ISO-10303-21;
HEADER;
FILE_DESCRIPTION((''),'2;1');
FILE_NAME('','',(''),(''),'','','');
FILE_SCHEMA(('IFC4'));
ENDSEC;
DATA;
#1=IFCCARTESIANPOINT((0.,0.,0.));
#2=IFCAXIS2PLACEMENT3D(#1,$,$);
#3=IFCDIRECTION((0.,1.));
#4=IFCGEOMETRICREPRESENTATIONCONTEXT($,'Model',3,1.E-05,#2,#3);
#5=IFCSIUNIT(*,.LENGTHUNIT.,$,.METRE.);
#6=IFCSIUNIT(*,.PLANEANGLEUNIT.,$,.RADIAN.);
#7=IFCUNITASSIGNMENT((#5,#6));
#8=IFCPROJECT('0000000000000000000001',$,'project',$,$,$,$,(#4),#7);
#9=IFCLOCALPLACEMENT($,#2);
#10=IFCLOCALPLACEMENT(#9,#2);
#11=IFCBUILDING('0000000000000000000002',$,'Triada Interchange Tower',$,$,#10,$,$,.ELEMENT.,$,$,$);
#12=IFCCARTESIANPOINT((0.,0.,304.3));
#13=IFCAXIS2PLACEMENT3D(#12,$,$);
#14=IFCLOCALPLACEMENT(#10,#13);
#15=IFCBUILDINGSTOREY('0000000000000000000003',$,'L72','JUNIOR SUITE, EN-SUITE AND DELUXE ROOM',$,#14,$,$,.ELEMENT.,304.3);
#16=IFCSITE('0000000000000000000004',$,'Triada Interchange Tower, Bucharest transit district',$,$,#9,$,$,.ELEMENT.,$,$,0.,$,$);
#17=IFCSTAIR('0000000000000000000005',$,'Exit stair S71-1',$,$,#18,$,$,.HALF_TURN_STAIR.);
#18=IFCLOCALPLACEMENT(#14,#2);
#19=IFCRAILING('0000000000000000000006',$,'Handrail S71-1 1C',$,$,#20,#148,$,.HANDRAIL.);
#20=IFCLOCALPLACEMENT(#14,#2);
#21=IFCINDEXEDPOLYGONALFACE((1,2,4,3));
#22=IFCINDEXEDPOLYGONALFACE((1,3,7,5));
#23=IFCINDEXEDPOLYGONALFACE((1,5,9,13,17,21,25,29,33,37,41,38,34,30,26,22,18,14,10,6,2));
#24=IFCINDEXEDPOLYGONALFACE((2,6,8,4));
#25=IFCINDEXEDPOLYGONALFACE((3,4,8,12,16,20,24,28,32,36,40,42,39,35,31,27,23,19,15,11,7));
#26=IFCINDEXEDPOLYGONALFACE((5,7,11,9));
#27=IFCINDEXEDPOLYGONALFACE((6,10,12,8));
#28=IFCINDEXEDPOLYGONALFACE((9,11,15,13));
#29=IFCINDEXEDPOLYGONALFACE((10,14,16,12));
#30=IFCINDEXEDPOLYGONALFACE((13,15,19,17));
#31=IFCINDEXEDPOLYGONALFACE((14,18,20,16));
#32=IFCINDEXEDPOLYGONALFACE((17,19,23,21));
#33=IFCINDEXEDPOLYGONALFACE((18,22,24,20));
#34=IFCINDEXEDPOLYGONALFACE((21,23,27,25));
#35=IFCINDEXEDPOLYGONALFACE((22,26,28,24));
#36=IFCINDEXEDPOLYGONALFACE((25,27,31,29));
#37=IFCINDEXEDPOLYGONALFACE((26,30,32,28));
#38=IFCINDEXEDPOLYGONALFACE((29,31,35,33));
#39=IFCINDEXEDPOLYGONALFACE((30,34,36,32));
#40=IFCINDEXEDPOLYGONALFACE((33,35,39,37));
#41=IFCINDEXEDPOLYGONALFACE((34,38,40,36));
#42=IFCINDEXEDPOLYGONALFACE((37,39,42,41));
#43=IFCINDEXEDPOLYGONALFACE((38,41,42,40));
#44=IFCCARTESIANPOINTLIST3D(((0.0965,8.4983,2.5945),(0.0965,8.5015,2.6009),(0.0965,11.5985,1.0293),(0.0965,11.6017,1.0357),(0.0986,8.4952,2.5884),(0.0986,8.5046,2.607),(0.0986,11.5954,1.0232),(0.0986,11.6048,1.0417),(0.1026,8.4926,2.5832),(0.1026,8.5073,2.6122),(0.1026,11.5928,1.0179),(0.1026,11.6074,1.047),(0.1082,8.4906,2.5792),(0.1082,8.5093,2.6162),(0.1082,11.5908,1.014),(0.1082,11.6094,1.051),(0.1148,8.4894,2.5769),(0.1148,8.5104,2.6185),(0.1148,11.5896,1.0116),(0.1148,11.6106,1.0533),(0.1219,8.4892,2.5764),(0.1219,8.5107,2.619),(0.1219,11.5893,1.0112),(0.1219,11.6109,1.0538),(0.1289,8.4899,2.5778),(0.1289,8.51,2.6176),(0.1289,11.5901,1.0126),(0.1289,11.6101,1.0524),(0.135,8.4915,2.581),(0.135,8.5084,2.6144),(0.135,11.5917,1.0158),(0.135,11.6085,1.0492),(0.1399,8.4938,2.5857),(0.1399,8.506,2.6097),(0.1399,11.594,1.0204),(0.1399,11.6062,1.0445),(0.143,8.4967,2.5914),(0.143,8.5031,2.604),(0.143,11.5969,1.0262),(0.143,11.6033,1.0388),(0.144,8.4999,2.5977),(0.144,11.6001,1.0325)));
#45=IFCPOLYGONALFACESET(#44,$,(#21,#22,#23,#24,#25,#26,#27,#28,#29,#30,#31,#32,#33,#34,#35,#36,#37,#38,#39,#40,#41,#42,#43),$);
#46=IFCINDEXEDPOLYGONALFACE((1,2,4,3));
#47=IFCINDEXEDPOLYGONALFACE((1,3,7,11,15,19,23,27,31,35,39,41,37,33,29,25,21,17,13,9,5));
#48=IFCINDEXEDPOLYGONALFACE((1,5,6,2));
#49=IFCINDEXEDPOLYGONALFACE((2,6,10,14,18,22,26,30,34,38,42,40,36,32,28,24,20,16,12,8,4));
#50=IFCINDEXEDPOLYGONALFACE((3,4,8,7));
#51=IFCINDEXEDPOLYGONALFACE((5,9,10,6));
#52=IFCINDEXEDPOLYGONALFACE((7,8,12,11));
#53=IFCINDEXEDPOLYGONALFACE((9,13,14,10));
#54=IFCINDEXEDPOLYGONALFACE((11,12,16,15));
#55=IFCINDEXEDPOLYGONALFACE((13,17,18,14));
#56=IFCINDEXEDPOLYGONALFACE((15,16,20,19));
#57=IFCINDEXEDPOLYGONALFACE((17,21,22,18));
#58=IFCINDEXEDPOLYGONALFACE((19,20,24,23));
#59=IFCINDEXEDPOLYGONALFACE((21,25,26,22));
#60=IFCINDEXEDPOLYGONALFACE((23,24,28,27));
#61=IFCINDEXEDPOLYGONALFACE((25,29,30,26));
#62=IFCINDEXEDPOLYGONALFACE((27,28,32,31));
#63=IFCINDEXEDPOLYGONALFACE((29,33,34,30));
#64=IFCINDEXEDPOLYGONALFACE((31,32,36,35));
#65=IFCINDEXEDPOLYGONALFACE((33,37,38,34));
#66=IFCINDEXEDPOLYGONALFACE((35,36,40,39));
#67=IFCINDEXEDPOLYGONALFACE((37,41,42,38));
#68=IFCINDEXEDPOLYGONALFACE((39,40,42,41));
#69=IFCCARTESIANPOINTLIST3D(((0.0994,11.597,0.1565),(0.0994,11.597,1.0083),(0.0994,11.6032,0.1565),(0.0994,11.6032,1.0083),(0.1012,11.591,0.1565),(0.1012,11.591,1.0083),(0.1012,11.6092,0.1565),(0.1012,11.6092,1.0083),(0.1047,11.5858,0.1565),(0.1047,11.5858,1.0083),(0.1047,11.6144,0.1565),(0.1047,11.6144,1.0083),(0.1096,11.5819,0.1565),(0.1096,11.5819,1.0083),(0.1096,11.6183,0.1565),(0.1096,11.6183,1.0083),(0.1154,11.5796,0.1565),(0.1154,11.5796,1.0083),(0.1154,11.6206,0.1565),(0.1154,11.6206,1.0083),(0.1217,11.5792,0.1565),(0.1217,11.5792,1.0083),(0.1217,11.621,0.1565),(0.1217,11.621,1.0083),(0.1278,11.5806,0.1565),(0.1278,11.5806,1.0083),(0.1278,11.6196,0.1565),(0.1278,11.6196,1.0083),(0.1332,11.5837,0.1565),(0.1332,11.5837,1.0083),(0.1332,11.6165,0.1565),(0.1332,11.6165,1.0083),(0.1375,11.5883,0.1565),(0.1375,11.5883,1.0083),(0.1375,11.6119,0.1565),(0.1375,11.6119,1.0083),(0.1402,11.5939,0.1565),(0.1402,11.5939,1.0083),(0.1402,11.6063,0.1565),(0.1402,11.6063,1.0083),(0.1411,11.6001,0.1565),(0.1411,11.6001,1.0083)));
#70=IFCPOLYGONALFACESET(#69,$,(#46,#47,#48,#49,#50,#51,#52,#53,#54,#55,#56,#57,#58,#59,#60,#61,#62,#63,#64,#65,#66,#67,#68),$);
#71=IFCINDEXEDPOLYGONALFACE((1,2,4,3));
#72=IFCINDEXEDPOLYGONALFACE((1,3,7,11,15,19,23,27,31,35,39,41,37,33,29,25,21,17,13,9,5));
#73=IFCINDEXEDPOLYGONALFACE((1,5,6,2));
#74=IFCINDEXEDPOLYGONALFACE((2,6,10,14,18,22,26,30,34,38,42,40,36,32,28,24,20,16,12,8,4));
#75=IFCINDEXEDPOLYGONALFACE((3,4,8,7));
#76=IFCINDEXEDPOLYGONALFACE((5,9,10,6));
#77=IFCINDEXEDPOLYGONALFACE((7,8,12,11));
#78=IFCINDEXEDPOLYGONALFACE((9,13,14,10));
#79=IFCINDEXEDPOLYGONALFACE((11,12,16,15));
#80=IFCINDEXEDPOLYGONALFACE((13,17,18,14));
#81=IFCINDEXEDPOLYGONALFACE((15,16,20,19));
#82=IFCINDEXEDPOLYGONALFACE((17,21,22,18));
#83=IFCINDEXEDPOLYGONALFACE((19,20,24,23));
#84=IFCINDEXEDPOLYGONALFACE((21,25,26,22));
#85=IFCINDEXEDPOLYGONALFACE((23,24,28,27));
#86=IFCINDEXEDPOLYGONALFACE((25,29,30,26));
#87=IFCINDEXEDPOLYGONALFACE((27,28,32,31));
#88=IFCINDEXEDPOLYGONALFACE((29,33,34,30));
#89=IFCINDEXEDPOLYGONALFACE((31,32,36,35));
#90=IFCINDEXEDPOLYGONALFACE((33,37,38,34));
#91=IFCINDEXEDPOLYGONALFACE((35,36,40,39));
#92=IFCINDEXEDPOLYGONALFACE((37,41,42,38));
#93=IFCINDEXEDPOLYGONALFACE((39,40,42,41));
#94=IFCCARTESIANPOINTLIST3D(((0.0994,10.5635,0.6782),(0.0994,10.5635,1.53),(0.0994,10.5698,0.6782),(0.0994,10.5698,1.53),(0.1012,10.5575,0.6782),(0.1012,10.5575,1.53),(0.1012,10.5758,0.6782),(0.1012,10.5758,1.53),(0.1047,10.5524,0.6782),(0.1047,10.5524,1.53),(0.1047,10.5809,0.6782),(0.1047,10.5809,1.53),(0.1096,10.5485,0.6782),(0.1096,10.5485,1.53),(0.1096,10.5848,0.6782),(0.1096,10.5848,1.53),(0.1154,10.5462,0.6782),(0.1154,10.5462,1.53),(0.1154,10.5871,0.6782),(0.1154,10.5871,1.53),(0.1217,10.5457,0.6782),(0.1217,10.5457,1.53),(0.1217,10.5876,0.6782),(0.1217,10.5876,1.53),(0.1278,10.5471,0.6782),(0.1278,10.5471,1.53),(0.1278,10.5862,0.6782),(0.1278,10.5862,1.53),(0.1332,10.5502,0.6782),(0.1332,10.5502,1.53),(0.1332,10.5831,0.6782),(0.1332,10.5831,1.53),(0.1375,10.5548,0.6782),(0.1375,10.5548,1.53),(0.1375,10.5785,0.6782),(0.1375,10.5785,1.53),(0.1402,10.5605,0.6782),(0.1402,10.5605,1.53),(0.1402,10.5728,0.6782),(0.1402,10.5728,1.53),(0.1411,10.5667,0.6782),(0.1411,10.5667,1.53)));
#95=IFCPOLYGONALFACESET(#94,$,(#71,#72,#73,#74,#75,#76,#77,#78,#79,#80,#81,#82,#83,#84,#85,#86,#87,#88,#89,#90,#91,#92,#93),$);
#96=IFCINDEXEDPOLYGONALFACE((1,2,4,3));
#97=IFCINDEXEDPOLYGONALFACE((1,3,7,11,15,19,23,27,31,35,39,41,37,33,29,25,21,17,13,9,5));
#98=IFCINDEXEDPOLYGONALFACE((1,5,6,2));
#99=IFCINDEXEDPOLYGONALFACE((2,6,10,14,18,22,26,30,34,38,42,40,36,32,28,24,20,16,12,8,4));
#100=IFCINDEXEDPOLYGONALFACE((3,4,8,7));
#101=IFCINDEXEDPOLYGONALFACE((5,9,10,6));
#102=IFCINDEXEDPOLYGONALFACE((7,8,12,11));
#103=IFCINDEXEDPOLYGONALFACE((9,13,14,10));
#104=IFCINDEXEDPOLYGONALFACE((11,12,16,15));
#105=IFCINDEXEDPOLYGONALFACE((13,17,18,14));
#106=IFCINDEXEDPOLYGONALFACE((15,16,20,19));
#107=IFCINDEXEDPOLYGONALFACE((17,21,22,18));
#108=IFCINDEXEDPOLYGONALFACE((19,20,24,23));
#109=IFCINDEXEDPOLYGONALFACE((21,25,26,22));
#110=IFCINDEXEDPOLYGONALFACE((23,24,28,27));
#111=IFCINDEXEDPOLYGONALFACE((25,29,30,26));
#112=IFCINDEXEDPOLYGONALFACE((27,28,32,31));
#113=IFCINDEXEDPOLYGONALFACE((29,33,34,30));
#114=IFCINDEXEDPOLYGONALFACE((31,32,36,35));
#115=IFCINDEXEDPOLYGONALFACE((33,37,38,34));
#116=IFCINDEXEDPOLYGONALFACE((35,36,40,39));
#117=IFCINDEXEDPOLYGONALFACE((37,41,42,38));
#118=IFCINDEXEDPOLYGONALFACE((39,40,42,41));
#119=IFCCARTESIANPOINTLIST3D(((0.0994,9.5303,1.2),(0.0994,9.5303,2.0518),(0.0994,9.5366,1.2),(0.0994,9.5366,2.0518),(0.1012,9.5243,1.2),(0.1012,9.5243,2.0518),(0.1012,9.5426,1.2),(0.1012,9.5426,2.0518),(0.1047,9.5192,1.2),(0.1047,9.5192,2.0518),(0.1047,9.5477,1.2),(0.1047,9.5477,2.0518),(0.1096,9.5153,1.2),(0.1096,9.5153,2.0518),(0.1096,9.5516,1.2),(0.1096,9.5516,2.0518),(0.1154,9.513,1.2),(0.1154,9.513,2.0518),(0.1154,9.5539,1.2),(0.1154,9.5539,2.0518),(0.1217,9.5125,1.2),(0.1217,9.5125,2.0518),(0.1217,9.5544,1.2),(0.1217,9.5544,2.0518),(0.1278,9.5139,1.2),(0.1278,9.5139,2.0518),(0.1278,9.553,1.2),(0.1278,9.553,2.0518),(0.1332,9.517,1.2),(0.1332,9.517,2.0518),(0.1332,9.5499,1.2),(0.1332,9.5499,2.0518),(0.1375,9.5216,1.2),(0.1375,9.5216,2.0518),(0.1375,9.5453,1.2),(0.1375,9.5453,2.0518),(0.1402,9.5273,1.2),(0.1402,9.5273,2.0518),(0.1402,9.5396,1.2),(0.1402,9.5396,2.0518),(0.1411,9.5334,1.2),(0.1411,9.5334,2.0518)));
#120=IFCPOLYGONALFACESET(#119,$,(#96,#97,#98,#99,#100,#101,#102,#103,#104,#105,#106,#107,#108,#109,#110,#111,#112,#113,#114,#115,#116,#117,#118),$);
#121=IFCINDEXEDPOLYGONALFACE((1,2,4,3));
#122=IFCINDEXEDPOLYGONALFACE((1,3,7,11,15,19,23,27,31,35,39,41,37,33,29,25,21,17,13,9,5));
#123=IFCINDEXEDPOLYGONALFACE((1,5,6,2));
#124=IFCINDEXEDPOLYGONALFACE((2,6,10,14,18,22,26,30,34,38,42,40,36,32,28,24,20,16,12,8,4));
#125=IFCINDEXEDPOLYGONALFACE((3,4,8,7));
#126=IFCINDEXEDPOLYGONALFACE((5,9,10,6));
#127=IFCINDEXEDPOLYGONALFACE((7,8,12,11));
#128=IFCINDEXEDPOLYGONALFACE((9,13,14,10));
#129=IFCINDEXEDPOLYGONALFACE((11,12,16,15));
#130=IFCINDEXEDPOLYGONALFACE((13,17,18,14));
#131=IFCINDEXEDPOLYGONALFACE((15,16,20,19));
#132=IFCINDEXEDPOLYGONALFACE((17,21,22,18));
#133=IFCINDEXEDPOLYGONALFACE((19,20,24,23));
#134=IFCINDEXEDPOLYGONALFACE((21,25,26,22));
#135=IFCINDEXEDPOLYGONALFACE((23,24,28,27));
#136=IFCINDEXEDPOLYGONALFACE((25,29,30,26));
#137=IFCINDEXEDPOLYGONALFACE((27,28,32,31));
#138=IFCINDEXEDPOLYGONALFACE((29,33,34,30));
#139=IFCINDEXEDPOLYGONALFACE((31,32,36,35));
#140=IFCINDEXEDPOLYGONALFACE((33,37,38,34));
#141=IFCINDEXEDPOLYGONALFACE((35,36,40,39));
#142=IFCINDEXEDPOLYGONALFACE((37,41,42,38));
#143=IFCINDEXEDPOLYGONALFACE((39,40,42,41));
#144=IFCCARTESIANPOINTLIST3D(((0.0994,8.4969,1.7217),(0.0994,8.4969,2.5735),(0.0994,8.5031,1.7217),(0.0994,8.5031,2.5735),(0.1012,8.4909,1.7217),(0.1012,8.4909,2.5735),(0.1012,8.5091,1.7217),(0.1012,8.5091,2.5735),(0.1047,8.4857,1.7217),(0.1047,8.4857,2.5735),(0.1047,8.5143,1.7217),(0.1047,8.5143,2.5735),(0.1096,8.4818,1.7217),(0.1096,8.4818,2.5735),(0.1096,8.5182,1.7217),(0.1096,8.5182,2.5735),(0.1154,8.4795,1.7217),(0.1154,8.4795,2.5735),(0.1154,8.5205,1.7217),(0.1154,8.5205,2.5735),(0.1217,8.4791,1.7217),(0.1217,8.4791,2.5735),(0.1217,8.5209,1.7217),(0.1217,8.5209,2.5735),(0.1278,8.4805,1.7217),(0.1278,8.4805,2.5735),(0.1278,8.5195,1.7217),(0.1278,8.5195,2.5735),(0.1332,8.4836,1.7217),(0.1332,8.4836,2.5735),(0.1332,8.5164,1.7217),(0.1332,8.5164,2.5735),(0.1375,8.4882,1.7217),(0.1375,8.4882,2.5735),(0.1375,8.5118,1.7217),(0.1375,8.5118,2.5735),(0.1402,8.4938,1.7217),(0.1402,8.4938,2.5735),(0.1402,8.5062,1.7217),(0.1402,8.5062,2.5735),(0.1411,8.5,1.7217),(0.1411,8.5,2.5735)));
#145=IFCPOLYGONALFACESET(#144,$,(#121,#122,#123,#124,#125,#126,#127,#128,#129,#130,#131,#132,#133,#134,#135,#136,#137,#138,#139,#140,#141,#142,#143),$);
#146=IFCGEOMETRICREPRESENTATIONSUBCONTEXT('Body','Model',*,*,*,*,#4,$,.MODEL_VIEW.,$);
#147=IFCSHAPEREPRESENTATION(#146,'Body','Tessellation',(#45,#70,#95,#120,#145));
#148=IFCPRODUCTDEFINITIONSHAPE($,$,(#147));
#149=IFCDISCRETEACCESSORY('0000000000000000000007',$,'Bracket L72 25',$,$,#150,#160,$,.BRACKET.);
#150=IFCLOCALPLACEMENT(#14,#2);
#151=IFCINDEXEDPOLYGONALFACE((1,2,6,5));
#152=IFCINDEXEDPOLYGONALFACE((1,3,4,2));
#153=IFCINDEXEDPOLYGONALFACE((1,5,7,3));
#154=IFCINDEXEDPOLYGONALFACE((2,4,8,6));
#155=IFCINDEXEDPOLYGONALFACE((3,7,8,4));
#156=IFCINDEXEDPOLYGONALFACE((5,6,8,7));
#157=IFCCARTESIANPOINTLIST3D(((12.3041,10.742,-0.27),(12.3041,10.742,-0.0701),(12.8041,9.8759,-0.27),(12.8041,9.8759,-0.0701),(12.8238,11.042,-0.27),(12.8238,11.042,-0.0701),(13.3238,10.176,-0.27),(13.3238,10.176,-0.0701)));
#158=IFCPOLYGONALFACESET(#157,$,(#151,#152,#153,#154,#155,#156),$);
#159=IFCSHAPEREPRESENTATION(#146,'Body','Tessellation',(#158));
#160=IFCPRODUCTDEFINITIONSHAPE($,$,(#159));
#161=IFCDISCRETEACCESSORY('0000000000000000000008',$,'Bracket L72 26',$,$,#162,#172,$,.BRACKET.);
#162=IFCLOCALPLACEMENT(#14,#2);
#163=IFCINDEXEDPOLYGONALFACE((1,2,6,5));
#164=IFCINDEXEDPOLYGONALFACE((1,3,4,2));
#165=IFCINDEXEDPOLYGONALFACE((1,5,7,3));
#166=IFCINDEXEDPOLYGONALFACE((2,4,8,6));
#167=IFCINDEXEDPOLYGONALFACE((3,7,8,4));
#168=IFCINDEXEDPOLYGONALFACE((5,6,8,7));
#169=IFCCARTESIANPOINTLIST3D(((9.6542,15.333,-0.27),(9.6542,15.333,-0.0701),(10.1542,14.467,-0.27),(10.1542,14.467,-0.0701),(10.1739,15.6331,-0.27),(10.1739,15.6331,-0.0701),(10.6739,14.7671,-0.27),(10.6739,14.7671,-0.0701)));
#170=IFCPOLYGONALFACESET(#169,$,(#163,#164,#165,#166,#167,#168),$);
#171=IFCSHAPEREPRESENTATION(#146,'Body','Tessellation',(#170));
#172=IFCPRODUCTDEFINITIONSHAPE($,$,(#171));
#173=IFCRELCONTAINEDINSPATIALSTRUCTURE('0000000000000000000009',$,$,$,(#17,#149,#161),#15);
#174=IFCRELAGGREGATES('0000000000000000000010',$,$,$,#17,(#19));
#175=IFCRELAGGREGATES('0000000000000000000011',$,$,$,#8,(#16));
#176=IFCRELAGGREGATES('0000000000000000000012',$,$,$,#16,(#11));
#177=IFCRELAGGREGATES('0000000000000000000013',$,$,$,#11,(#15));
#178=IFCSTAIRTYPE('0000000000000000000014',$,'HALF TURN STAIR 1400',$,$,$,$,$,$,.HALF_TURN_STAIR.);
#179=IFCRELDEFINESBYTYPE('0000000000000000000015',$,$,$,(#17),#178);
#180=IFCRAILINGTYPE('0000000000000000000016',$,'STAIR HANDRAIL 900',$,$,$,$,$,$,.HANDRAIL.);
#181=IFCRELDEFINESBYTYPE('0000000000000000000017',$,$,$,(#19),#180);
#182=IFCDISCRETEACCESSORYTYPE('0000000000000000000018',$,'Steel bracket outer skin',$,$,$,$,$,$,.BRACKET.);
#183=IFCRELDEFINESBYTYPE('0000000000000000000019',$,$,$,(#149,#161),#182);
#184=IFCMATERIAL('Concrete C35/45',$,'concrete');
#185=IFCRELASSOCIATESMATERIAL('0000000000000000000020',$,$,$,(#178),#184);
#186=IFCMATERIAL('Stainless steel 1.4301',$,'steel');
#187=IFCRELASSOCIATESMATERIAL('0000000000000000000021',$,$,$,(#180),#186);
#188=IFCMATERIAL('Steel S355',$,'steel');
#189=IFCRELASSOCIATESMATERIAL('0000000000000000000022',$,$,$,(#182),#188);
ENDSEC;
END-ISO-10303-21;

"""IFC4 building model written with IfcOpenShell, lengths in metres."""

from ifc_helpers import new_model, si_unit, direction, frame, origin, origin_2d, place, context, subcontext, project, spatial, rectangle, circle, extrude, material, type_object, element, aggregate, save


model = new_model("IFC4")

# Units and contexts
model_context = context("Model", 3, precision=1e-05, world=origin(), true_north=direction((0.0, 1.0)))
body_context = subcontext(model_context, "Body", "Model", "MODEL_VIEW")
ifc_project = project(units=[si_unit("LENGTHUNIT", "METRE"), si_unit("PLANEANGLEUNIT", "RADIAN")], contexts=[model_context])

# Site, building, storey
site_placement = place(None, origin())
site = spatial("IfcSite", under=ifc_project, at=site_placement, Name="Triada Interchange Tower, Bucharest transit district", CompositionType="ELEMENT", RefElevation=0.0)
building_placement = place(site_placement, origin())
building = spatial("IfcBuilding", under=site, at=building_placement, Name="Triada Interchange Tower", CompositionType="ELEMENT")
storey_placement = place(building_placement, frame((0.0, 0.0, 304.3)))
storey = spatial("IfcBuildingStorey", under=building, at=storey_placement, Name="L72", Description="JUNIOR SUITE, EN-SUITE AND DELUXE ROOM", CompositionType="ELEMENT", Elevation=304.3)

# Stair
ifc_material_1 = material(Name="Concrete C35/45", Category="concrete")
stair_type = type_object("IfcStairType", Name="HALF TURN STAIR 1400", PredefinedType="HALF_TURN_STAIR", material=ifc_material_1)
stair_placement = place(storey_placement, origin())
stair = element("IfcStair", 1, at=stair_placement, inside=storey, type_object=stair_type, Name="Exit stair S71-1", PredefinedType="HALF_TURN_STAIR")

# Railing
ifc_material_2 = material(Name="Stainless steel 1.4301", Category="steel")
railing_type = type_object("IfcRailingType", Name="STAIR HANDRAIL 900", PredefinedType="HANDRAIL", material=ifc_material_2)
railing_1_placement = place(storey_placement, frame((0.1201, 11.6001, 0.1565)))
railing_1 = element("IfcRailing", 2, at=railing_1_placement, type_object=railing_type, Name="Handrail S71-1 1C", PredefinedType="HANDRAIL", context=body_context, shape_type="SweptSolid", body=[
    extrude(circle(Radius=0.0239, at=origin_2d()), frame((0.0, 0.0, 0.876), z_axis=(0.0, -0.892677, 0.450697), x_axis=(1.0, 0.0, 0.0)), (0.0, 0.0, 1.0), 3.4729),
    extrude(circle(Radius=0.021, at=origin_2d()), origin(), (0.0, 0.0, 1.0), 0.8518),
    extrude(circle(Radius=0.021, at=origin_2d()), frame((0.0, -1.0334, 0.5217)), (0.0, 0.0, 1.0), 0.8518),
    extrude(circle(Radius=0.021, at=origin_2d()), frame((0.0, -2.0667, 1.0435)), (0.0, 0.0, 1.0), 0.8518),
    extrude(circle(Radius=0.021, at=origin_2d()), frame((0.0, -3.1001, 1.5652)), (0.0, 0.0, 1.0), 0.8518),
])
aggregate(stair, [railing_1])

# Discrete accessories
ifc_material_3 = material(Name="Steel S355", Category="steel")
discrete_accessory_type = type_object("IfcDiscreteAccessoryType", Name="Steel bracket outer skin", PredefinedType="BRACKET", material=ifc_material_3)
for number, where, z_axis, x_axis, name in (
    (3, (12.814, 10.459, -0.27), (0.0, 0.0, 1.0), (0.866027, 0.499997, 0.0), "Bracket L72 25"),
    (4, (10.1641, 15.05, -0.27), (0.0, 0.0, 1.0), (0.866027, 0.499997, 0.0), "Bracket L72 26"),
):
    element("IfcDiscreteAccessory", number, at=place(storey_placement, frame(where, z_axis=z_axis, x_axis=x_axis)), inside=storey, type_object=discrete_accessory_type, Name=name, PredefinedType="BRACKET", context=body_context, shape_type="SweptSolid", body=[
        extrude(rectangle(XDim=0.6001, YDim=1.0, at=origin_2d()), origin(), (0.0, 0.0, 1.0), 0.2),
    ])

save(model, "model.ifc")
